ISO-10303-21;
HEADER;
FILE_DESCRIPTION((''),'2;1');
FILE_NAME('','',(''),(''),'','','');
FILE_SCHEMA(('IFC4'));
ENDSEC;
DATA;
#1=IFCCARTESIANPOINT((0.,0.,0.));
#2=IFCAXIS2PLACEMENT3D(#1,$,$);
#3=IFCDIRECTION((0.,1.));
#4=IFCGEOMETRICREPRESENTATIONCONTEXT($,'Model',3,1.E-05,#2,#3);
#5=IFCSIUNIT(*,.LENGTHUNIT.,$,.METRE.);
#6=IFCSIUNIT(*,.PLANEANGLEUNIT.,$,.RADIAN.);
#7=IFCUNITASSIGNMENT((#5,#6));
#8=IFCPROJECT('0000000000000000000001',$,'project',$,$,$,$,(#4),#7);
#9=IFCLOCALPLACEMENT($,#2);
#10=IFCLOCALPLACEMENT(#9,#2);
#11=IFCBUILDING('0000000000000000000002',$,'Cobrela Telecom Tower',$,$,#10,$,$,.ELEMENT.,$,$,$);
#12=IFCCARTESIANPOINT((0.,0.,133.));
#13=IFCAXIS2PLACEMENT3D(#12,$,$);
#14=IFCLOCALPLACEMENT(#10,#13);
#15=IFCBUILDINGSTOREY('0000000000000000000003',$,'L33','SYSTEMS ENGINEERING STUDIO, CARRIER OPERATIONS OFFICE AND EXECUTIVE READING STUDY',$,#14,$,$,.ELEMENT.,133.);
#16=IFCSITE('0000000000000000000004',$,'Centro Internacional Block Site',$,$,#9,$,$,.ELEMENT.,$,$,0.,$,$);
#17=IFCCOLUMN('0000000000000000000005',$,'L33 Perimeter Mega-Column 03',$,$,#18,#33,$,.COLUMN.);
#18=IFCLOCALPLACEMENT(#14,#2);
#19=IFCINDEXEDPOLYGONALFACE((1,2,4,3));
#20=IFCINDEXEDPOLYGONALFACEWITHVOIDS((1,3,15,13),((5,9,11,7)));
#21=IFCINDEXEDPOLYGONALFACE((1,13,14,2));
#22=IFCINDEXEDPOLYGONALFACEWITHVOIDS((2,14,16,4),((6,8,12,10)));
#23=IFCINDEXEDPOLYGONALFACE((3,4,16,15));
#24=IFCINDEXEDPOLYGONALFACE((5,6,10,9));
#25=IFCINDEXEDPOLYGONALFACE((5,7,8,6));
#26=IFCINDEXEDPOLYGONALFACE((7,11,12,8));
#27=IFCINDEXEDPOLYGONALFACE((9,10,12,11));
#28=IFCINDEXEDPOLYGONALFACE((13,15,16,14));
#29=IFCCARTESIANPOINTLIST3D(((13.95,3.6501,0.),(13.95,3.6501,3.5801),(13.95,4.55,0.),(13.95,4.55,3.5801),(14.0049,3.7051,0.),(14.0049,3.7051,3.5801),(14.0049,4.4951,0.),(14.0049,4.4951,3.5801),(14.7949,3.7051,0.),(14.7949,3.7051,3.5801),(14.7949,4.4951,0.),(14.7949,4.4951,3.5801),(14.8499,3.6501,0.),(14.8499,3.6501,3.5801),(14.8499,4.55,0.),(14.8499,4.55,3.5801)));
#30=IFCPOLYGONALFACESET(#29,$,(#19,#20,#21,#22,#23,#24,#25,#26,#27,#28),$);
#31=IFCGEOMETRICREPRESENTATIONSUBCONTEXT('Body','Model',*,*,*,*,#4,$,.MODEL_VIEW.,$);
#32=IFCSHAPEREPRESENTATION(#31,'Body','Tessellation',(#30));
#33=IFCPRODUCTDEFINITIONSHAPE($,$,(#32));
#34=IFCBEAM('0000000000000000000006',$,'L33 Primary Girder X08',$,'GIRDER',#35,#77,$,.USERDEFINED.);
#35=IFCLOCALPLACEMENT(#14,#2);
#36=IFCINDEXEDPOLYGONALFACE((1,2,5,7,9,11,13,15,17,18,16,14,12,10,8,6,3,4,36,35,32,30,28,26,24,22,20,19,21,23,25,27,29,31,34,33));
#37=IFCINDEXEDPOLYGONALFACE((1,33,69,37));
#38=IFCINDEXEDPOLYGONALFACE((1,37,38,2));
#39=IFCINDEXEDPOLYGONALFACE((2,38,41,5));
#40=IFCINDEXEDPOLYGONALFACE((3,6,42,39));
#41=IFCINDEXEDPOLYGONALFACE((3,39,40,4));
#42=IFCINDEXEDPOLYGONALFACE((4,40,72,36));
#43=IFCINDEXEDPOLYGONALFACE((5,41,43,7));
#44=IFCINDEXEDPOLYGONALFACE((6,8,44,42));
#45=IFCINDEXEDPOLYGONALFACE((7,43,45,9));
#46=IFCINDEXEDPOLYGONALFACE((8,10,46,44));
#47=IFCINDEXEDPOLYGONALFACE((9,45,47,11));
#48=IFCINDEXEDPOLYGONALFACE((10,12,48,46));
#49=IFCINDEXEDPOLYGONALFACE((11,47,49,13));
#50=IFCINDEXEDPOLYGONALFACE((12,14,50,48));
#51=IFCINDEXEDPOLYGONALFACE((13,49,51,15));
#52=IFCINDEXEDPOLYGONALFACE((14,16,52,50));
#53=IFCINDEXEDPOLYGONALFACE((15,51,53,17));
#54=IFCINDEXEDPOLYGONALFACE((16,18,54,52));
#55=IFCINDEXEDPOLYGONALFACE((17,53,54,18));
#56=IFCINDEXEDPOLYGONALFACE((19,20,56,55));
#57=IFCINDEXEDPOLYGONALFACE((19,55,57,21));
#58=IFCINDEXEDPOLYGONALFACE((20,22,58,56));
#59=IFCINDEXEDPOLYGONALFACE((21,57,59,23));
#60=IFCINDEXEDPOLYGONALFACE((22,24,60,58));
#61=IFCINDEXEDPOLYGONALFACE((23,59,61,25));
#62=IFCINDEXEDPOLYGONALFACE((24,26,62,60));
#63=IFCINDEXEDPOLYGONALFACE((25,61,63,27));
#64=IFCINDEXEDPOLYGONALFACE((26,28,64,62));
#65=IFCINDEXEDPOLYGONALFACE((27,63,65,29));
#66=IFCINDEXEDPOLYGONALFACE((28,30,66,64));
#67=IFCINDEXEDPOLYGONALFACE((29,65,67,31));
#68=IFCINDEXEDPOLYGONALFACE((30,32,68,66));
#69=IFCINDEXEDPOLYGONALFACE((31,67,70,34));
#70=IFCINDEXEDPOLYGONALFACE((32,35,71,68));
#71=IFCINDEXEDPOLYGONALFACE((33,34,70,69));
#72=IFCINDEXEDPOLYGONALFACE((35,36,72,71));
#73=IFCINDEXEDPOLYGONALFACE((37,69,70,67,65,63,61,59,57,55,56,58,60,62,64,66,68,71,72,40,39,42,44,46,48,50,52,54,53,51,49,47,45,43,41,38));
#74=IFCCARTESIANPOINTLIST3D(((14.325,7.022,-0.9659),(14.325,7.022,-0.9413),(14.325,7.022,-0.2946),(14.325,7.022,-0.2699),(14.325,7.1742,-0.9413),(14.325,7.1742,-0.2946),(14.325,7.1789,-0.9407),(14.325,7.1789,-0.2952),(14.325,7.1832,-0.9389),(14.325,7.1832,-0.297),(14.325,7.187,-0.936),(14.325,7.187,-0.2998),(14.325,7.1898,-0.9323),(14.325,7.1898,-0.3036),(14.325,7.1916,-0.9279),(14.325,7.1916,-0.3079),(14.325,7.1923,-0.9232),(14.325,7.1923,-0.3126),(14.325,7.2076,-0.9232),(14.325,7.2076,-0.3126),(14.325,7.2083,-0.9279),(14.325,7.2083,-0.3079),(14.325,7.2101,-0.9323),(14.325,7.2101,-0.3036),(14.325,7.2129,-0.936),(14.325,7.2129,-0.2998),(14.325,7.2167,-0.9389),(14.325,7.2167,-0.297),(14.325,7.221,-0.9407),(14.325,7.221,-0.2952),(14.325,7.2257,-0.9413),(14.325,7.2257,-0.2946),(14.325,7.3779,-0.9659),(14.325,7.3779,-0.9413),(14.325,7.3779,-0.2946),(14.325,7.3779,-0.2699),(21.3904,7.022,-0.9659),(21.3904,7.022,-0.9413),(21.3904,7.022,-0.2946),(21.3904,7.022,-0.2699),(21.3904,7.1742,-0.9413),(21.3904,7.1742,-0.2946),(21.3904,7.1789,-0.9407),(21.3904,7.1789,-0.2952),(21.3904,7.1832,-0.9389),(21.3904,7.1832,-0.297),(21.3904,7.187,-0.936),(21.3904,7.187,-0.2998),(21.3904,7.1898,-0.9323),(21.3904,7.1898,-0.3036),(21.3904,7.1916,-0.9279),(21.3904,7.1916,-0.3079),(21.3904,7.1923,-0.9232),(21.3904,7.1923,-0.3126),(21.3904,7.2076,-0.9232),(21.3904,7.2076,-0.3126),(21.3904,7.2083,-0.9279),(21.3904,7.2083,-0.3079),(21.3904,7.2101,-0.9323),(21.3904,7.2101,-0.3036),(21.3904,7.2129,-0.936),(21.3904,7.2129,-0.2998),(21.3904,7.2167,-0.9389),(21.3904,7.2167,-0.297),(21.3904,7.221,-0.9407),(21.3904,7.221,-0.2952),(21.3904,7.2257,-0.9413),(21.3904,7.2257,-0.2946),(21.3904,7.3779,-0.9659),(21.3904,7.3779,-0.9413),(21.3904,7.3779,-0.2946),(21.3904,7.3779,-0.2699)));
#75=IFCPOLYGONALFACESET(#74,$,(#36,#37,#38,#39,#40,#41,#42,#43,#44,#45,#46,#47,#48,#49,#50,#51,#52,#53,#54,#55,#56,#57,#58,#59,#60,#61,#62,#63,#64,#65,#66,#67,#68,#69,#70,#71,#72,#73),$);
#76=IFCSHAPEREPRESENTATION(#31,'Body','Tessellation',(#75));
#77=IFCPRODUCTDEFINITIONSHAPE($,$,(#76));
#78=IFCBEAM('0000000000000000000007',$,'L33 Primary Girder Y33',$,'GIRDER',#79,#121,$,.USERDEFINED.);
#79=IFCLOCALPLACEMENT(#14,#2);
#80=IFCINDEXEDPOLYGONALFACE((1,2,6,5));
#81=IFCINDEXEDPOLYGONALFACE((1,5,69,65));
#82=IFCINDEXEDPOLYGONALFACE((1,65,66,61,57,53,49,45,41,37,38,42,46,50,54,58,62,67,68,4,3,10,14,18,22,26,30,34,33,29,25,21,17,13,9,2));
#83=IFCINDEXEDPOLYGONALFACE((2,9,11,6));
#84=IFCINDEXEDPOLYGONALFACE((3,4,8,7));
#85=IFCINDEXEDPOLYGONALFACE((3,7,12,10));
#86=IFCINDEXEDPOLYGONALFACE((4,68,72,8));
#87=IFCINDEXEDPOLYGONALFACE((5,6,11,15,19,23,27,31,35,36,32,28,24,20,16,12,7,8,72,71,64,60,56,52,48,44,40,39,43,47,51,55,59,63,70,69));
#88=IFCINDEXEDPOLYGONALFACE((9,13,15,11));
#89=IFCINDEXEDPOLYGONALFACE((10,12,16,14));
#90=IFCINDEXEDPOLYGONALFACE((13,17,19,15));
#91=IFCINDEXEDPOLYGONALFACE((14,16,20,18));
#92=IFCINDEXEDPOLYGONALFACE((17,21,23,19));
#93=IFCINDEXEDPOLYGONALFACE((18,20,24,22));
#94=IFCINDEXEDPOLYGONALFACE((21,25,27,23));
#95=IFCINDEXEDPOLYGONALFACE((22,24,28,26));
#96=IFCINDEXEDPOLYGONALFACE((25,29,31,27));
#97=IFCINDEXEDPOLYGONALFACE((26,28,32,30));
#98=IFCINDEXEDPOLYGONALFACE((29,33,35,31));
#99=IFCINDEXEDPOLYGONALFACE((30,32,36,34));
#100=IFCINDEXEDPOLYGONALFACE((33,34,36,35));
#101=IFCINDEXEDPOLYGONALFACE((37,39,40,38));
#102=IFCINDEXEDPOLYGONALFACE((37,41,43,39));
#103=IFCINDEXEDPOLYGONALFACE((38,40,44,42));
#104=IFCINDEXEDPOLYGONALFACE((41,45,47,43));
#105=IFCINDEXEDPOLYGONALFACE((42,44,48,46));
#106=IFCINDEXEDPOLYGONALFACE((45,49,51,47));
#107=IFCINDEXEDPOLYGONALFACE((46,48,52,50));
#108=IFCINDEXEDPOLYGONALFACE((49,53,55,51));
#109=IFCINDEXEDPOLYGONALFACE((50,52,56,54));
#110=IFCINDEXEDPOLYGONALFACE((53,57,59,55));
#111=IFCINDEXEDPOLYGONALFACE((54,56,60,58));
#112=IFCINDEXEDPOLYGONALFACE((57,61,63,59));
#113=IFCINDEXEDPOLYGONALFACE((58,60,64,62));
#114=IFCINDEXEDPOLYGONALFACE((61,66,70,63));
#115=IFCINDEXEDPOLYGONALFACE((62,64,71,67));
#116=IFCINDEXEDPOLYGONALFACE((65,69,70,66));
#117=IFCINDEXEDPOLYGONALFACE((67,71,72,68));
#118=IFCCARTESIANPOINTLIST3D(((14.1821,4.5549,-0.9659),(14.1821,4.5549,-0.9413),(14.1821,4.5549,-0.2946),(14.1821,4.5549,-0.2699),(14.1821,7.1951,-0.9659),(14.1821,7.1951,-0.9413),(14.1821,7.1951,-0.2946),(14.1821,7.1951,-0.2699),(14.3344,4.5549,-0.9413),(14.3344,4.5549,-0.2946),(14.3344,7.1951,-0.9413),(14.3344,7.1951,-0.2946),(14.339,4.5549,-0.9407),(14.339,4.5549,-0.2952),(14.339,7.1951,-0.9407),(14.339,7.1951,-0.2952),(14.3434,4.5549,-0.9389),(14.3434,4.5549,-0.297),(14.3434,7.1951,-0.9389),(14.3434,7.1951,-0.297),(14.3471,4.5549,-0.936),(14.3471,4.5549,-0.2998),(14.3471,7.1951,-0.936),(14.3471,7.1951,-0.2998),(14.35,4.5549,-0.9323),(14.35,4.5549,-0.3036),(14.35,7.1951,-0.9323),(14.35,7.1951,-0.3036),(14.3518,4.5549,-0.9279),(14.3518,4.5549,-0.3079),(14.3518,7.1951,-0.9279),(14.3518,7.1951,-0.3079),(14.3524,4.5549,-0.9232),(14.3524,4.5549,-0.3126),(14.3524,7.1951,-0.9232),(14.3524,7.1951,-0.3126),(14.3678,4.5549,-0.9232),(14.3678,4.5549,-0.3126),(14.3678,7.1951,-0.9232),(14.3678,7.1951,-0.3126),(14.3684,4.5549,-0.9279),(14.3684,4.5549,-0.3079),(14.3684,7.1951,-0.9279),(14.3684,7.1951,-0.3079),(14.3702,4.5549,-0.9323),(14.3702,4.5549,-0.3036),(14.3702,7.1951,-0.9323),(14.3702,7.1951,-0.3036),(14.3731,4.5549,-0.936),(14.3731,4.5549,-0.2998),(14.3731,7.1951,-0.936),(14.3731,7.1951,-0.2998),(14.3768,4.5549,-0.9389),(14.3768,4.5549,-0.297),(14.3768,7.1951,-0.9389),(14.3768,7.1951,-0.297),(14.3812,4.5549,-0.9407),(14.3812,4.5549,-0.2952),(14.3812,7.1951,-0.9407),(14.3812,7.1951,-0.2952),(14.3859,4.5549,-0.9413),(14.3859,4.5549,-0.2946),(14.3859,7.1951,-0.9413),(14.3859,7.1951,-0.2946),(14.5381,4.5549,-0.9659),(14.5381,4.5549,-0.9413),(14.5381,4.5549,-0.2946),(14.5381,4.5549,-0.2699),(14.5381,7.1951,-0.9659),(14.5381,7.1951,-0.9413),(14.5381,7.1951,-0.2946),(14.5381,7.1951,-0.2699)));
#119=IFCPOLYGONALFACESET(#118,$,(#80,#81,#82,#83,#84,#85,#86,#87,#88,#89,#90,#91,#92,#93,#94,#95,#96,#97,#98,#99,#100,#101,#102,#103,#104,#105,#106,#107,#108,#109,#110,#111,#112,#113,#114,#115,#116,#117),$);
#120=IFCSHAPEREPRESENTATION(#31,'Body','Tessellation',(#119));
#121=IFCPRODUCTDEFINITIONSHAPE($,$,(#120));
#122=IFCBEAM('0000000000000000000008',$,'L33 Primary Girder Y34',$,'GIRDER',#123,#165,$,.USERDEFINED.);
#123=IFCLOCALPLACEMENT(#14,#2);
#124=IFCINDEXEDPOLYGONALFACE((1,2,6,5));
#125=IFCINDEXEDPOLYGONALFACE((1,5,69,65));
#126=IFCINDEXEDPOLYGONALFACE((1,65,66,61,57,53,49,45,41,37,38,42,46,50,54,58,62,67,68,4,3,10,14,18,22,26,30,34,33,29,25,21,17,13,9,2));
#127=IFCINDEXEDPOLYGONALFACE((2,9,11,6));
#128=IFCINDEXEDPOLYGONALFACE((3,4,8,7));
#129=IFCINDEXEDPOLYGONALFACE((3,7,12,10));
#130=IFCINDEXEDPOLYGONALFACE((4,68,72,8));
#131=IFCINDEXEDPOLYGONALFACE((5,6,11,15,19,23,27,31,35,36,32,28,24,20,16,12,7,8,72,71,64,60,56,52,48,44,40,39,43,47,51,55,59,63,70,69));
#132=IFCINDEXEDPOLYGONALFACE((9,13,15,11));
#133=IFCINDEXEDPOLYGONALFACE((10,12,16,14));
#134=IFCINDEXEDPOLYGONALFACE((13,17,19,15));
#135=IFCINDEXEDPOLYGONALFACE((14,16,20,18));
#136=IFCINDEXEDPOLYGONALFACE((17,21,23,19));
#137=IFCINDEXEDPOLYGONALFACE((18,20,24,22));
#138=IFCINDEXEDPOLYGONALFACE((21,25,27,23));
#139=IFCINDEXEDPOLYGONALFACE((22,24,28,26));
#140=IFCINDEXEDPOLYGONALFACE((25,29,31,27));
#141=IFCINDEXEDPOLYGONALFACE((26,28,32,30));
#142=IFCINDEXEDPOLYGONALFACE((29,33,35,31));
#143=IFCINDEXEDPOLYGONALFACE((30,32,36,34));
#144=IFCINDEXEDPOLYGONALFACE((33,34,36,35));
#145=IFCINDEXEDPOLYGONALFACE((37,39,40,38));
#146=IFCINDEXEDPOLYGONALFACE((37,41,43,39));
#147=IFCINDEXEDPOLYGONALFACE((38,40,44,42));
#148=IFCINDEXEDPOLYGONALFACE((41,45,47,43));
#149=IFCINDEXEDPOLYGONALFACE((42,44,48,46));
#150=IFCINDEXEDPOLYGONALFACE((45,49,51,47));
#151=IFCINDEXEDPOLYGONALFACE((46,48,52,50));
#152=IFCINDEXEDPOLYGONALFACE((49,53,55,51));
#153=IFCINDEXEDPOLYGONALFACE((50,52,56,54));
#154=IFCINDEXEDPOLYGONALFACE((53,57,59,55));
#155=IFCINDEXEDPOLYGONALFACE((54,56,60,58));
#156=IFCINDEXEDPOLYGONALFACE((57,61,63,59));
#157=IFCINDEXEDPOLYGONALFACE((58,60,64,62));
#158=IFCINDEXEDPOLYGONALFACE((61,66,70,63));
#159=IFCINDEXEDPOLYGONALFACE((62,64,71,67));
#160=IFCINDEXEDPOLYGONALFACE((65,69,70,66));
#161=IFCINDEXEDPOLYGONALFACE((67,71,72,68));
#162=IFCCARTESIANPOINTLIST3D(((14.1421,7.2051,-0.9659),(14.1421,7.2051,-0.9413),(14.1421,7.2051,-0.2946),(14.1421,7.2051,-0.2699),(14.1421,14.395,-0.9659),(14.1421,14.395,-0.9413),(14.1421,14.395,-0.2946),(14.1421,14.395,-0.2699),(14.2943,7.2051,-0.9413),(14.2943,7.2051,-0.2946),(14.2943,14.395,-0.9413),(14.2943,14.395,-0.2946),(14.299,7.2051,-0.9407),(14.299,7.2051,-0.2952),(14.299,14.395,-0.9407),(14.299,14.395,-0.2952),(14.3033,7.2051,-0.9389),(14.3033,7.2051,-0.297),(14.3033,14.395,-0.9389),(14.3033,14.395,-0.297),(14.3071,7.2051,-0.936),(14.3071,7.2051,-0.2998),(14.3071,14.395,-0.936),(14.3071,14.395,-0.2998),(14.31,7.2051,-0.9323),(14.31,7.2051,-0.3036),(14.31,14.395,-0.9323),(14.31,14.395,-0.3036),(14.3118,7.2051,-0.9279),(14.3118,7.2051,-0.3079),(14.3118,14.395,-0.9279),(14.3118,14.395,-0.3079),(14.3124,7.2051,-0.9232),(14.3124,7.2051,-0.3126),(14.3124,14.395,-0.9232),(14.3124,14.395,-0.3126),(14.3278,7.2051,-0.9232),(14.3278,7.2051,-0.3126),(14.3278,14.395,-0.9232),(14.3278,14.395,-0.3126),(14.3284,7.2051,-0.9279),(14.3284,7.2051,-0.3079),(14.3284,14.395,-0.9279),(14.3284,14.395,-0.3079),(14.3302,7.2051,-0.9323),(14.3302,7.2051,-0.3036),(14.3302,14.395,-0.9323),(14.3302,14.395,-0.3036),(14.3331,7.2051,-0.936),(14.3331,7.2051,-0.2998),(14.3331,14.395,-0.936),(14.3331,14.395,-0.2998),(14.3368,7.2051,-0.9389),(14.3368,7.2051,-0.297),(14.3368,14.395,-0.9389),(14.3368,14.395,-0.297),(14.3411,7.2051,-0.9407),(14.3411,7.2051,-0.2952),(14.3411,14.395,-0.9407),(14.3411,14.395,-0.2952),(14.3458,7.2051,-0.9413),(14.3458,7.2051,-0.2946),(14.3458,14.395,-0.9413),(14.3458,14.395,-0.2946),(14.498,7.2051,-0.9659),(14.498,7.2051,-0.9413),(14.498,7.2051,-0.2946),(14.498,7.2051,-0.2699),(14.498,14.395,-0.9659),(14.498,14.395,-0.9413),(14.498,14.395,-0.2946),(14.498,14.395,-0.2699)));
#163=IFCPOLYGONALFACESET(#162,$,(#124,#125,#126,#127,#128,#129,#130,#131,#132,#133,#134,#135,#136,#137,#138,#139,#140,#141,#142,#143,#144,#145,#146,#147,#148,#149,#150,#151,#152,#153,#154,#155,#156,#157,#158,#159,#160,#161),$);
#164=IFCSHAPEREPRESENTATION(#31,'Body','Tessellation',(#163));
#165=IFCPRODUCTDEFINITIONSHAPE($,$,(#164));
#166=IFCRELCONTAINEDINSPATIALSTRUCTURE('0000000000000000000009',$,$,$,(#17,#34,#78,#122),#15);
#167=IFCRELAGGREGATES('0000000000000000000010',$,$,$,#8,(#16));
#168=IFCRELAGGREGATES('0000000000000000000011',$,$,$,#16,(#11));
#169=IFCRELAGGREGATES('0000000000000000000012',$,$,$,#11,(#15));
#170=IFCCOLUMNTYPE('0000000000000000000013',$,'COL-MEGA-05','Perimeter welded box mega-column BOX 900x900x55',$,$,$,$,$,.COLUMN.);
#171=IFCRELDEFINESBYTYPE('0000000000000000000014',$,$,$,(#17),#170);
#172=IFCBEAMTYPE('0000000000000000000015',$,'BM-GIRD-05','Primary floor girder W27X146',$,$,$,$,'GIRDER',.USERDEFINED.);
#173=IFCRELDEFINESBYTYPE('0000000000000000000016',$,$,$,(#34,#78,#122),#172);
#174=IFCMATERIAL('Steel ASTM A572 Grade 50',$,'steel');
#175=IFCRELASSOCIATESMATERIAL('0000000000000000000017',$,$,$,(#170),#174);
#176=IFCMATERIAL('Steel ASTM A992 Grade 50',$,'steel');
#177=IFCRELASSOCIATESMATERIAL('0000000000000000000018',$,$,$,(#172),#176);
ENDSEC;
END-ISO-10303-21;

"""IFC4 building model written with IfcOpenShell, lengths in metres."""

from ifc_helpers import new_model, si_unit, direction, frame, origin, origin_2d, place, context, subcontext, project, spatial, hollow_rectangle, i_section, extrude, material, material_profile, profile_set, type_object, element, save


model = new_model("IFC4")

# Units and contexts
model_context = context("Model", 3, precision=1e-05, world=origin(), true_north=direction((0.0, 1.0)))
body_context = subcontext(model_context, "Body", "Model", "MODEL_VIEW")
ifc_project = project(units=[si_unit("LENGTHUNIT", "METRE"), si_unit("PLANEANGLEUNIT", "RADIAN")], contexts=[model_context])

# Site, building, storey
site_placement = place(None, origin())
site = spatial("IfcSite", under=ifc_project, at=site_placement, Name="Centro Internacional Block Site", CompositionType="ELEMENT", RefElevation=0.0)
building_placement = place(site_placement, origin())
building = spatial("IfcBuilding", under=site, at=building_placement, Name="Cobrela Telecom Tower", CompositionType="ELEMENT")
storey_placement = place(building_placement, frame((0.0, 0.0, 133.0)))
storey = spatial("IfcBuildingStorey", under=building, at=storey_placement, Name="L33", Description="SYSTEMS ENGINEERING STUDIO, CARRIER OPERATIONS OFFICE AND EXECUTIVE READING STUDY", CompositionType="ELEMENT", Elevation=133.0)

# Column
ifc_material_1 = material(Name="Steel ASTM A572 Grade 50", Category="steel")
ifc_material_profile_1 = material_profile(ifc_material_1, hollow_rectangle(XDim=0.8999, YDim=0.8999, WallThickness=0.0549, at=origin_2d()), Name="BOX 900x900x55")
ifc_profile_set_1 = profile_set([ifc_material_profile_1], Name="Steel ASTM A572 Grade 50")
column_type = type_object("IfcColumnType", Name="COL-MEGA-05", Description="Perimeter welded box mega-column BOX 900x900x55", PredefinedType="COLUMN", material=ifc_profile_set_1)
column_placement = place(storey_placement, frame((14.3999, 4.1001, 0.0), z_axis=(0.0, 0.0, 1.0), x_axis=(1.0, 0.0, 0.0)))
element("IfcColumn", 1, at=column_placement, inside=storey, type_object=column_type, Name="L33 Perimeter Mega-Column 03", PredefinedType="COLUMN", context=body_context, shape_type="SweptSolid", body=[
    extrude(hollow_rectangle(XDim=0.8999, YDim=0.8999, WallThickness=0.0549, at=origin_2d()), origin(), (0.0, 0.0, 1.0), 3.5801),
])

# Beams
ifc_material_2 = material(Name="Steel ASTM A992 Grade 50", Category="steel")
ifc_material_profile_2 = material_profile(ifc_material_2, i_section(OverallWidth=0.356, OverallDepth=0.696, WebThickness=0.0154, FlangeThickness=0.0247, FilletRadius=0.0181, at=origin_2d()), Name="W27X146")
ifc_profile_set_2 = profile_set([ifc_material_profile_2], Name="Steel ASTM A992 Grade 50")
beam_type_1 = type_object("IfcBeamType", Name="BM-GIRD-05", Description="Primary floor girder W27X146", ElementType="GIRDER", PredefinedType="USERDEFINED", material=ifc_profile_set_2)
beam_1_placement = place(storey_placement, frame((14.325, 7.2, -0.6179), z_axis=(1.0, 0.0, 0.0), x_axis=(0.0, 1.0, 0.0)))
element("IfcBeam", 2, at=beam_1_placement, inside=storey, type_object=beam_type_1, Name="L33 Primary Girder X08", ObjectType="GIRDER", PredefinedType="USERDEFINED", context=body_context, shape_type="SweptSolid", body=[
    extrude(i_section(OverallWidth=0.356, OverallDepth=0.696, WebThickness=0.0154, FlangeThickness=0.0247, FilletRadius=0.0181, at=origin_2d()), origin(), (0.0, 0.0, 1.0), 7.0654),
])
beam_2_placement = place(storey_placement, frame((14.3601, 4.5549, -0.6179), z_axis=(0.0, 1.0, 0.0), x_axis=(-1.0, 0.0, 0.0)))
element("IfcBeam", 3, at=beam_2_placement, inside=storey, type_object=beam_type_1, Name="L33 Primary Girder Y33", ObjectType="GIRDER", PredefinedType="USERDEFINED", context=body_context, shape_type="SweptSolid", body=[
    extrude(i_section(OverallWidth=0.356, OverallDepth=0.696, WebThickness=0.0154, FlangeThickness=0.0247, FilletRadius=0.0181, at=origin_2d()), origin(), (0.0, 0.0, 1.0), 2.6401),
])
beam_3_placement = place(storey_placement, frame((14.3201, 7.2051, -0.6179), z_axis=(0.0, 1.0, 0.0), x_axis=(-1.0, 0.0, 0.0)))
element("IfcBeam", 4, at=beam_3_placement, inside=storey, type_object=beam_type_1, Name="L33 Primary Girder Y34", ObjectType="GIRDER", PredefinedType="USERDEFINED", context=body_context, shape_type="SweptSolid", body=[
    extrude(i_section(OverallWidth=0.356, OverallDepth=0.696, WebThickness=0.0154, FlangeThickness=0.0247, FilletRadius=0.0181, at=origin_2d()), origin(), (0.0, 0.0, 1.0), 7.1899),
])

save(model, "model.ifc")
